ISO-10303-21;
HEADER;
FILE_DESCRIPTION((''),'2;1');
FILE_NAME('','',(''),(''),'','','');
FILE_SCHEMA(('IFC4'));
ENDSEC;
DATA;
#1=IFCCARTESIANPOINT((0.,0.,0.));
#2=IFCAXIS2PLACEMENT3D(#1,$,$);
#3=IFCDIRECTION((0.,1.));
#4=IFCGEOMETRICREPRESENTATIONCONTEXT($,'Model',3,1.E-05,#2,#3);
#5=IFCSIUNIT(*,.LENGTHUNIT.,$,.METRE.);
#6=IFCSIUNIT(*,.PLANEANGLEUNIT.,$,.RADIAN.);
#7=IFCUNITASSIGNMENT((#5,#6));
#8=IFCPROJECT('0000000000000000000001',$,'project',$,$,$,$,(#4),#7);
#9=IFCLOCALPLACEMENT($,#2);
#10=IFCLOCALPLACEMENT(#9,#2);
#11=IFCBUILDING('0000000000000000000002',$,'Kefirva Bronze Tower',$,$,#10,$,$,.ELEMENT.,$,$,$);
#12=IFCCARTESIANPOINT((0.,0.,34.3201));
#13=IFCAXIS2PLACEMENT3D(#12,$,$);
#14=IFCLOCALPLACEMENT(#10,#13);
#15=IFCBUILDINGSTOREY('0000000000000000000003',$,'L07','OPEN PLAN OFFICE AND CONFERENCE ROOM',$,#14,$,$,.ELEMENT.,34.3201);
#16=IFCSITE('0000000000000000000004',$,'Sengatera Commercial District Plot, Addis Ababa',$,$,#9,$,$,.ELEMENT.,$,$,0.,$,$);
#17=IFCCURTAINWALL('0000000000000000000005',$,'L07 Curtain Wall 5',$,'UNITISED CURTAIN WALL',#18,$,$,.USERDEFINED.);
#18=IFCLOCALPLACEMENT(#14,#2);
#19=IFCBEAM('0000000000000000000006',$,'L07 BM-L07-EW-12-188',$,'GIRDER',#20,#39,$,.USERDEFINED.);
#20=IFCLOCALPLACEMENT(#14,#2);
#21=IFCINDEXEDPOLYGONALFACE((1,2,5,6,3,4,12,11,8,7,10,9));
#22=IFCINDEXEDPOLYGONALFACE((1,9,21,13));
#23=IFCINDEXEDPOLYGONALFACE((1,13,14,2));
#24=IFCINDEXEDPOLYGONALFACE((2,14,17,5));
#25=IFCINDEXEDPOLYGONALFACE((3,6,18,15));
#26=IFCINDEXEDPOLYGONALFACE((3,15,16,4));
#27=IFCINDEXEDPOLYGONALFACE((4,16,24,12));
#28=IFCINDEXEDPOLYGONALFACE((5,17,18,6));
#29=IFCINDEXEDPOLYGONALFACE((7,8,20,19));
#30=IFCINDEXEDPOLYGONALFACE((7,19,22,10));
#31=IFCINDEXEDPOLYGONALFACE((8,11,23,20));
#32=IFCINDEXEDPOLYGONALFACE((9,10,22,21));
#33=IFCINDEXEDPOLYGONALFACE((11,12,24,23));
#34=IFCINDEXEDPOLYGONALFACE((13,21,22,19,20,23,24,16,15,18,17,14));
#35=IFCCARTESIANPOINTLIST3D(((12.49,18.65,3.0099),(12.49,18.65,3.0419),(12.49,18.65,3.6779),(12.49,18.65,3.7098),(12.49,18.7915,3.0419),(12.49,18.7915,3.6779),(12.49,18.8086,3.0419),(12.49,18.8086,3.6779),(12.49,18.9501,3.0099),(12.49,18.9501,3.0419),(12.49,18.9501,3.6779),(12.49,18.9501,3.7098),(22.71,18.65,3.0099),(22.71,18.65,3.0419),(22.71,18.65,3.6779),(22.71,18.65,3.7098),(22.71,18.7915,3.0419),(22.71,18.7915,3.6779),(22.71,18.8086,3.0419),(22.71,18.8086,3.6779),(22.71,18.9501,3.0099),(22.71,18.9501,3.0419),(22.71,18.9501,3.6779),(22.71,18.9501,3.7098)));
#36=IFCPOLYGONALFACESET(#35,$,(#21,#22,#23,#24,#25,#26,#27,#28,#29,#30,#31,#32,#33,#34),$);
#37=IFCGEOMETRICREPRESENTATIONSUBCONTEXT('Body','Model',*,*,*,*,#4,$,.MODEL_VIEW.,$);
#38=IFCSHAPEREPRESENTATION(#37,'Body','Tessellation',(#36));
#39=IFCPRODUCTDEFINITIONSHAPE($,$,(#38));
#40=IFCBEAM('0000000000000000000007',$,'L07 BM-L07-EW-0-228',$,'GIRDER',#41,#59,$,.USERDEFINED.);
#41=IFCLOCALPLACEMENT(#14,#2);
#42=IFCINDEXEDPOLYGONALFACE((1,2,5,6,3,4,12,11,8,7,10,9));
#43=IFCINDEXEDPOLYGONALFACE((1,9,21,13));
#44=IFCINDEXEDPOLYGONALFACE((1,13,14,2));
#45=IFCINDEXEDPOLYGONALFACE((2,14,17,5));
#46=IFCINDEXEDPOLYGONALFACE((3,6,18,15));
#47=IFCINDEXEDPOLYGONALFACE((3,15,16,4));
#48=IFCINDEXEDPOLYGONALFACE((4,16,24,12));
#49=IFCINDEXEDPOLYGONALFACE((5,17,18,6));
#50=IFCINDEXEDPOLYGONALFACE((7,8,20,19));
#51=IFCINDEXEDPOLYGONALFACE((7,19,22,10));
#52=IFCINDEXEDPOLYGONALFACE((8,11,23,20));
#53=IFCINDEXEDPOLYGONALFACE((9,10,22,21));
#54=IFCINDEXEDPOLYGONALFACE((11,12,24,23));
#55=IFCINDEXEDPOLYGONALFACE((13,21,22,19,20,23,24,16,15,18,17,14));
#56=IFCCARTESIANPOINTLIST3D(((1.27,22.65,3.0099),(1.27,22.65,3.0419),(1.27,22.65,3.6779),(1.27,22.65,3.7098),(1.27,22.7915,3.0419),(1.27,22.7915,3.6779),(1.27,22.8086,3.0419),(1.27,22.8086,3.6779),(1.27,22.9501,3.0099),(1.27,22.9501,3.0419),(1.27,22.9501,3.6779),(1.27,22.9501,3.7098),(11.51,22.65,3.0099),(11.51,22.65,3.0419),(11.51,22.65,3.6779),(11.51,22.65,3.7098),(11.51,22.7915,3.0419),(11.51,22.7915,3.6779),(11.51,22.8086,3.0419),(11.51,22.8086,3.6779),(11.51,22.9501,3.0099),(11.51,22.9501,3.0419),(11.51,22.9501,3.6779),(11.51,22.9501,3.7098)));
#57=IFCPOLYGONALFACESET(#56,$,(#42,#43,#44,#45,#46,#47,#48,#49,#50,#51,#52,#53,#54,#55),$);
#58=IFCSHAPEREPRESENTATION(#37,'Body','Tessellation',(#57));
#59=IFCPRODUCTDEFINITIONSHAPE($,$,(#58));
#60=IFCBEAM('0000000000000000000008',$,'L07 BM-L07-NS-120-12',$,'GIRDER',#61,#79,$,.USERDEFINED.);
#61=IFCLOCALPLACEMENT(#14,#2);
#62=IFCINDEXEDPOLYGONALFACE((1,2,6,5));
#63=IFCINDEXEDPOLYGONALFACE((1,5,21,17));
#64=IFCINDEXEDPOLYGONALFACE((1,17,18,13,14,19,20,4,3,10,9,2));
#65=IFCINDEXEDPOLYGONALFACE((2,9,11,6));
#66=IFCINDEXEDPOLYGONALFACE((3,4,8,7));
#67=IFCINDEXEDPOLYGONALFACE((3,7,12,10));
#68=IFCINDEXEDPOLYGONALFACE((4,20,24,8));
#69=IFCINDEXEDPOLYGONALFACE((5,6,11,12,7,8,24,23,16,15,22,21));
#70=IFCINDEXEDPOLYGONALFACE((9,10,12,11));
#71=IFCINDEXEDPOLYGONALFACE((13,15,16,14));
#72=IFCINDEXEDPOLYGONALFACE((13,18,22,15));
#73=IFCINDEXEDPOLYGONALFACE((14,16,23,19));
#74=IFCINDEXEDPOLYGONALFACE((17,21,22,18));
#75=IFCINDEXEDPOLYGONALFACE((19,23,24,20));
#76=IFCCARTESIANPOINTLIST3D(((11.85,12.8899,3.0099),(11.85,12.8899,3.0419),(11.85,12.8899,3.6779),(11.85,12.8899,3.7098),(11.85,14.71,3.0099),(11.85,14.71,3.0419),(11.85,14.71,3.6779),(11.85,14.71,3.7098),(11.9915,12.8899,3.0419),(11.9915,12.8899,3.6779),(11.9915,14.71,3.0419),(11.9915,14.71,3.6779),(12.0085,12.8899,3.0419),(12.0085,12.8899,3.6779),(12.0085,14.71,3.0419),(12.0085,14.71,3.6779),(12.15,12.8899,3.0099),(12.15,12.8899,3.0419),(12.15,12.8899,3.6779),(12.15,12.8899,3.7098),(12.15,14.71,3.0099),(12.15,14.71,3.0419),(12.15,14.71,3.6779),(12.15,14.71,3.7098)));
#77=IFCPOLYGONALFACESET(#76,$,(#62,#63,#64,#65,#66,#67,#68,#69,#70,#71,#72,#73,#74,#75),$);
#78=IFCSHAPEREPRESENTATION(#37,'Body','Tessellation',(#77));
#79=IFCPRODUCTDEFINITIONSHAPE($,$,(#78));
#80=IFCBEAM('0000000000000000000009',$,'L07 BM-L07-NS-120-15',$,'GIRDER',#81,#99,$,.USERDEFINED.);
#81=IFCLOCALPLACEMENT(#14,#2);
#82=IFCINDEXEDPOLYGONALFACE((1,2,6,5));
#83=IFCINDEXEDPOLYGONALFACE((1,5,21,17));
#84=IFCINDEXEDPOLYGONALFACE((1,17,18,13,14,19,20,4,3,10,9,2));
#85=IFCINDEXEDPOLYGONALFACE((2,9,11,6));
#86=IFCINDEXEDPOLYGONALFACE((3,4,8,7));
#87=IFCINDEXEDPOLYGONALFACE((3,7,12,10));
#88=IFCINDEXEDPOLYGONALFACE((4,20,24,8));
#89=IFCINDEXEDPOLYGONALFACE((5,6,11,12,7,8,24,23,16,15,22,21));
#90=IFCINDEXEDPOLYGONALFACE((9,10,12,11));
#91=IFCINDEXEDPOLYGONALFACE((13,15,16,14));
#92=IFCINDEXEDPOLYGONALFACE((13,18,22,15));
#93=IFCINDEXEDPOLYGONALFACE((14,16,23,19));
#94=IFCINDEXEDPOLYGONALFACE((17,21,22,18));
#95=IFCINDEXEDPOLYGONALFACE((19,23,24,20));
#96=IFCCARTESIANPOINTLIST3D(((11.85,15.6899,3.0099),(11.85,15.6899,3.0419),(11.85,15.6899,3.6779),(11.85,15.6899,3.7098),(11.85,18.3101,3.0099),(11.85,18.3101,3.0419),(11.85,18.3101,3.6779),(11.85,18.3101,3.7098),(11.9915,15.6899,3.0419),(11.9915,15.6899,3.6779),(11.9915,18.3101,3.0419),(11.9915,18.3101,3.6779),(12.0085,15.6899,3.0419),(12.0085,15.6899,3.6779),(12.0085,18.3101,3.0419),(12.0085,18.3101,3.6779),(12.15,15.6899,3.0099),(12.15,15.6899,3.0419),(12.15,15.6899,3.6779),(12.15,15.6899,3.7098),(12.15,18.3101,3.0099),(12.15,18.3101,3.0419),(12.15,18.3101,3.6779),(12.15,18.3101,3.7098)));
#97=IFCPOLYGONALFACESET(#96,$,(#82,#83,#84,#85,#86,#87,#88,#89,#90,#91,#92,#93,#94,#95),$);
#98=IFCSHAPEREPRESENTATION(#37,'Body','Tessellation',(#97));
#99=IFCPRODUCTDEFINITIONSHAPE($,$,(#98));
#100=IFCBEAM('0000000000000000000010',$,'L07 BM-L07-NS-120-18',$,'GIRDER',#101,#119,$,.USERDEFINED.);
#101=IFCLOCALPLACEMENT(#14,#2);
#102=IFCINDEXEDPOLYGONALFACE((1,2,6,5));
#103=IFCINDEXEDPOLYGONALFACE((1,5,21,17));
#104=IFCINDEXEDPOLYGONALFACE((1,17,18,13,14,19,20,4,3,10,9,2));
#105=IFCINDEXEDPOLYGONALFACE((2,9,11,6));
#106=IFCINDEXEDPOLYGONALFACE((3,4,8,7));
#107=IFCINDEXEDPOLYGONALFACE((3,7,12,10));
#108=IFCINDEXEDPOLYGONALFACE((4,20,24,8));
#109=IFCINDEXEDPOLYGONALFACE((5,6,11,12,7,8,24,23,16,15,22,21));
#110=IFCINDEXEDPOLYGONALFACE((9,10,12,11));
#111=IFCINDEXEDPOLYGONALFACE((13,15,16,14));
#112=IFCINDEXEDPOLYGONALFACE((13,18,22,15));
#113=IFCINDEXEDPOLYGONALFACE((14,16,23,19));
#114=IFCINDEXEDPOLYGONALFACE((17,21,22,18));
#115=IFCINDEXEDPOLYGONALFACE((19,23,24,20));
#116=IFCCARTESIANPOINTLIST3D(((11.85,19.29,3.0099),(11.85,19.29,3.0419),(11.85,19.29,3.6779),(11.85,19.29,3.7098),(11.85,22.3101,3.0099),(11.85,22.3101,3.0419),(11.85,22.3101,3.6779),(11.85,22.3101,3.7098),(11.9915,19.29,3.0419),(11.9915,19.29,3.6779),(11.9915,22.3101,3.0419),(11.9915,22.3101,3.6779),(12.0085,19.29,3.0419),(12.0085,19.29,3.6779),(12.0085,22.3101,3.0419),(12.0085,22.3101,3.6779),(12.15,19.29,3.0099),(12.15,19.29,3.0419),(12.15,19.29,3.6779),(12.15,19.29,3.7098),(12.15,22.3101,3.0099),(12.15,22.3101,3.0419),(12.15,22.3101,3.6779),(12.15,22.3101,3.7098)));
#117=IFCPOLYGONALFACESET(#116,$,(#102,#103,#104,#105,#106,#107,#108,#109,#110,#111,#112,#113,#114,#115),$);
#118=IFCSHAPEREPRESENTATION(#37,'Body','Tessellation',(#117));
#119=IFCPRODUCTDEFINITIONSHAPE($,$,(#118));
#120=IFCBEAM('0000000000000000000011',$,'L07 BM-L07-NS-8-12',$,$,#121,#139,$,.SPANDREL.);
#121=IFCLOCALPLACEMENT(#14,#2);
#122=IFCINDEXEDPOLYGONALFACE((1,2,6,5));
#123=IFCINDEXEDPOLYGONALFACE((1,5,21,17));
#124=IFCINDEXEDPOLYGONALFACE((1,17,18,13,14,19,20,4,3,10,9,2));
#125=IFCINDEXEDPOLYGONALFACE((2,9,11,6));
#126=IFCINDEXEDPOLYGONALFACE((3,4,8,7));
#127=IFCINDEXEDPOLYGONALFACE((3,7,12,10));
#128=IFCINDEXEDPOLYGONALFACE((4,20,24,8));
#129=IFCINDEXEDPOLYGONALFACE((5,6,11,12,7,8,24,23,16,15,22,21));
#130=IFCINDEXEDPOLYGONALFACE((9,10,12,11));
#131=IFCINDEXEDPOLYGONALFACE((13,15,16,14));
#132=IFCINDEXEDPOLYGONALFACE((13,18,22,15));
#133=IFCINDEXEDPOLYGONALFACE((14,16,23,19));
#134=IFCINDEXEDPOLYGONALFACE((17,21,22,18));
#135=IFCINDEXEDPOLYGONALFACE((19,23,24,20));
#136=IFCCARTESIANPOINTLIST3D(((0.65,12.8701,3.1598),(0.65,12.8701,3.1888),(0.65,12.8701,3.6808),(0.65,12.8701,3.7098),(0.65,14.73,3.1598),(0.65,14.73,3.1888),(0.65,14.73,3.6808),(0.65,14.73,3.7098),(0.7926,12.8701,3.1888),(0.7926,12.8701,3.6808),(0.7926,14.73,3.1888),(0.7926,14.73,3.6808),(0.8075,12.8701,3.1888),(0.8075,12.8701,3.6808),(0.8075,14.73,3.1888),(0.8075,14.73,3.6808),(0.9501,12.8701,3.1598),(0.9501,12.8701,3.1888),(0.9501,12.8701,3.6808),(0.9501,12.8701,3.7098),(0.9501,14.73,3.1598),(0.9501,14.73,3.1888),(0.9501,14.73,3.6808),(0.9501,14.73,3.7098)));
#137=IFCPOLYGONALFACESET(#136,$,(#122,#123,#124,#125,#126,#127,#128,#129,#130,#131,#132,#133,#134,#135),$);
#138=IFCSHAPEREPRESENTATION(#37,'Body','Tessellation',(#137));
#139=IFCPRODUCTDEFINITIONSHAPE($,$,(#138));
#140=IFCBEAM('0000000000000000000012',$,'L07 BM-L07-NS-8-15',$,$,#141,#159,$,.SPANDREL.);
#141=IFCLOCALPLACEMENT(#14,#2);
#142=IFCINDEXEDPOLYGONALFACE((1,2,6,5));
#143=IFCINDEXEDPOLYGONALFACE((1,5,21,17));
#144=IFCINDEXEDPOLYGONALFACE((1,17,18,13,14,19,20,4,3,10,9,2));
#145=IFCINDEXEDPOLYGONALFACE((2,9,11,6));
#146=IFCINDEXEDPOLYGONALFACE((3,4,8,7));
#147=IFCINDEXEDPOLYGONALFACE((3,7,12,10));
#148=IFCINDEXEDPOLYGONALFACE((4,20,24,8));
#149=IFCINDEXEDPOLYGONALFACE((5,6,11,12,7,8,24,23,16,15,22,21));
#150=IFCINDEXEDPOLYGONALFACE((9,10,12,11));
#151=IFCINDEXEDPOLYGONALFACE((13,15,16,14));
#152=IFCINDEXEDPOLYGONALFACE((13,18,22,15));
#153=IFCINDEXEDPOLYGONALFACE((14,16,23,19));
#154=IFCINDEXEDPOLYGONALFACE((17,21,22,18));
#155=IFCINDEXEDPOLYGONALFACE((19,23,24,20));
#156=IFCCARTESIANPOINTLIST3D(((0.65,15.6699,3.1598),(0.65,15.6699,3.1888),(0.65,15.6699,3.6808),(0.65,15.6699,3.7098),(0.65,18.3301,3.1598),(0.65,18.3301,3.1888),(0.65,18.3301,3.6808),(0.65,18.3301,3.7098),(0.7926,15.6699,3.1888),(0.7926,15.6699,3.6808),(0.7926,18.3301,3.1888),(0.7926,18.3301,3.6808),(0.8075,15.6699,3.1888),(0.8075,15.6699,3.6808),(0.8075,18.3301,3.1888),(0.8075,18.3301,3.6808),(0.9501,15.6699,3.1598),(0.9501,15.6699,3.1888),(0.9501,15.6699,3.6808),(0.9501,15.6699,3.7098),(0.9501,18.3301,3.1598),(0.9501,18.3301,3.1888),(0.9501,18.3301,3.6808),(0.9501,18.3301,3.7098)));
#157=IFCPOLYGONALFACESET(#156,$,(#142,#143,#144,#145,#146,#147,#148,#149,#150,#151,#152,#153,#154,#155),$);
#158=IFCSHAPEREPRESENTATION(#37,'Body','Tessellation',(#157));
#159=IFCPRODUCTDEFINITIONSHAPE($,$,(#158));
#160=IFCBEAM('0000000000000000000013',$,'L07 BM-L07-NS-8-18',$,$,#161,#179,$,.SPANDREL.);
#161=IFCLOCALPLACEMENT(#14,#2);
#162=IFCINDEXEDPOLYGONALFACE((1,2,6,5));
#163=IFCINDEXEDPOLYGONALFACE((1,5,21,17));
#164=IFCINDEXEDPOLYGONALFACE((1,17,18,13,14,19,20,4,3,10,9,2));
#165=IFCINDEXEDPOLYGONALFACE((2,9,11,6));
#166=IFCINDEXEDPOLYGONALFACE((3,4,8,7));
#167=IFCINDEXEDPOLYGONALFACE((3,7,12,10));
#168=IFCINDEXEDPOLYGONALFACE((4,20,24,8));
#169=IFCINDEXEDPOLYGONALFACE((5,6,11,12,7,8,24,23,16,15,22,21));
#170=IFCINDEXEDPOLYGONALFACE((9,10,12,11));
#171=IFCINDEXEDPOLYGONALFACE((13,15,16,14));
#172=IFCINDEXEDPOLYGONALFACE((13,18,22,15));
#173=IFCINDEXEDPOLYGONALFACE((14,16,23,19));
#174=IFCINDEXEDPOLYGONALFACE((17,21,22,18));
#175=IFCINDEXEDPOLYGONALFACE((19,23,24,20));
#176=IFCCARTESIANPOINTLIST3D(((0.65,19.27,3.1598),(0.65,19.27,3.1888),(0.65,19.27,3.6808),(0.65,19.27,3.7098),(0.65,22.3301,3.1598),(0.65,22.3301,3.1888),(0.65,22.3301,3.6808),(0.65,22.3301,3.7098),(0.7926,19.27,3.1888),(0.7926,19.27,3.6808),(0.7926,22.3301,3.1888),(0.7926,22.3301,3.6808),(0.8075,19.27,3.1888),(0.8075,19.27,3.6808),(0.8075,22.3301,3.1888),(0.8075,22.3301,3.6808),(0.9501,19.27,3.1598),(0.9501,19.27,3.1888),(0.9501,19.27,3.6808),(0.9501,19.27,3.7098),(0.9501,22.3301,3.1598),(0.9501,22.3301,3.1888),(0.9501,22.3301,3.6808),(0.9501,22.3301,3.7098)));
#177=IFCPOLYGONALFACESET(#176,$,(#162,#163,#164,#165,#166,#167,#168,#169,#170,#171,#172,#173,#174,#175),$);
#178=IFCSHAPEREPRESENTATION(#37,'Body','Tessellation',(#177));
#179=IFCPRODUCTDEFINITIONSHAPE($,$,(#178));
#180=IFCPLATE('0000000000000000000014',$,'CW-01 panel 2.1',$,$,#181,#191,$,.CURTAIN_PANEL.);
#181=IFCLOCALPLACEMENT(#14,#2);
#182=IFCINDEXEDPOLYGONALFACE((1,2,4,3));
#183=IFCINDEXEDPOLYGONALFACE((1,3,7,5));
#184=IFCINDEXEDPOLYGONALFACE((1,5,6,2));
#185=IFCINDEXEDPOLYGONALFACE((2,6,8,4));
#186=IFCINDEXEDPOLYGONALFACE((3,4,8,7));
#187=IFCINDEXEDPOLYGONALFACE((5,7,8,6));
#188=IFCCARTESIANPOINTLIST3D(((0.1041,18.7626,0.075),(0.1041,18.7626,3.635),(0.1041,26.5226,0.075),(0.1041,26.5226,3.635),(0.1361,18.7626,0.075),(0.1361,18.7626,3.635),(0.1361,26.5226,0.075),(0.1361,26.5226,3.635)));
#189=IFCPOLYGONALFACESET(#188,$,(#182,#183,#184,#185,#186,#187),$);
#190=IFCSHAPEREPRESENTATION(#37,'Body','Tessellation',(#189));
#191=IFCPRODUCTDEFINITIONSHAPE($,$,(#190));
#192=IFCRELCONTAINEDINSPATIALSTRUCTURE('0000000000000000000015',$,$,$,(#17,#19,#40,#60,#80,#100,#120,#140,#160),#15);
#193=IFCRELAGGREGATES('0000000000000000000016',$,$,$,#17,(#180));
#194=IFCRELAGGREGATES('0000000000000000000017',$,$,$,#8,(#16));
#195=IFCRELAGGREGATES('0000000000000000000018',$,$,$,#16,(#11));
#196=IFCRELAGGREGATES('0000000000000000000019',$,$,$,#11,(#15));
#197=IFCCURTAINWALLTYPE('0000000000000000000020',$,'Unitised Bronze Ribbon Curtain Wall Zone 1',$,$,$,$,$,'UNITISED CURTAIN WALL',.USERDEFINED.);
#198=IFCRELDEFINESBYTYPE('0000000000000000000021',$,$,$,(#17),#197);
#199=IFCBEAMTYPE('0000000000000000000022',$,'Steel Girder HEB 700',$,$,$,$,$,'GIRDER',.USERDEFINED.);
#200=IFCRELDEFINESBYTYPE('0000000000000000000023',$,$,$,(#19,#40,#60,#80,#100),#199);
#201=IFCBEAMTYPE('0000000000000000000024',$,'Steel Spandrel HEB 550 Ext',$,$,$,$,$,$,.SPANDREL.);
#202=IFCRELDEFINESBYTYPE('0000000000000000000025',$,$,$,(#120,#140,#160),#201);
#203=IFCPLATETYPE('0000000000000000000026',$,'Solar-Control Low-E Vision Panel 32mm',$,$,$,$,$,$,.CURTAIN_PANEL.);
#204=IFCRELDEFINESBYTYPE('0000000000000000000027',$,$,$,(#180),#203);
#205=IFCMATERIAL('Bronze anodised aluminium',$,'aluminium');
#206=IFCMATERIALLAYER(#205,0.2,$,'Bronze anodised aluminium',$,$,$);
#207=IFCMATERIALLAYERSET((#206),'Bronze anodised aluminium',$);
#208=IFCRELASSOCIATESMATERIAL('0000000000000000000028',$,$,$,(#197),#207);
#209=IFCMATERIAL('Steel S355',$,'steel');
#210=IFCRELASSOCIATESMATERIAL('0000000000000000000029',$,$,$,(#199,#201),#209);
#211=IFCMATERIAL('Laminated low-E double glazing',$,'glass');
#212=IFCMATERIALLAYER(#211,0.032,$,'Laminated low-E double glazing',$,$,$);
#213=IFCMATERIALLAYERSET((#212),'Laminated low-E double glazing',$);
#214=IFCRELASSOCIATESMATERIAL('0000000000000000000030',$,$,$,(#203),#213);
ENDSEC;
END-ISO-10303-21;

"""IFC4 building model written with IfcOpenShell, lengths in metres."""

from ifc_helpers import new_model, si_unit, direction, frame, origin, origin_2d, place, context, subcontext, project, spatial, rectangle, i_section, extrude, material, layer, layer_set, material_profile, profile_set, type_object, element, aggregate, save


model = new_model("IFC4")

# Units and contexts
model_context = context("Model", 3, precision=1e-05, world=origin(), true_north=direction((0.0, 1.0)))
body_context = subcontext(model_context, "Body", "Model", "MODEL_VIEW")
ifc_project = project(units=[si_unit("LENGTHUNIT", "METRE"), si_unit("PLANEANGLEUNIT", "RADIAN")], contexts=[model_context])

# Site, building, storey
site_placement = place(None, origin())
site = spatial("IfcSite", under=ifc_project, at=site_placement, Name="Sengatera Commercial District Plot, Addis Ababa", CompositionType="ELEMENT", RefElevation=0.0)
building_placement = place(site_placement, origin())
building = spatial("IfcBuilding", under=site, at=building_placement, Name="Kefirva Bronze Tower", CompositionType="ELEMENT")
storey_placement = place(building_placement, frame((0.0, 0.0, 34.3201)))
storey = spatial("IfcBuildingStorey", under=building, at=storey_placement, Name="L07", Description="OPEN PLAN OFFICE AND CONFERENCE ROOM", CompositionType="ELEMENT", Elevation=34.3201)

# Curtain wall
ifc_material_1 = material(Name="Bronze anodised aluminium", Category="aluminium")
ifc_layer_1 = layer(ifc_material_1, 0.2, Name="Bronze anodised aluminium")
ifc_layer_set_1 = layer_set([ifc_layer_1], Name="Bronze anodised aluminium")
curtain_wall_type = type_object("IfcCurtainWallType", Name="Unitised Bronze Ribbon Curtain Wall Zone 1", ElementType="UNITISED CURTAIN WALL", PredefinedType="USERDEFINED", material=ifc_layer_set_1)
curtain_wall_placement = place(storey_placement, origin())
curtain_wall = element("IfcCurtainWall", 1, at=curtain_wall_placement, inside=storey, type_object=curtain_wall_type, Name="L07 Curtain Wall 5", ObjectType="UNITISED CURTAIN WALL", PredefinedType="USERDEFINED")

# Beams
ifc_material_2 = material(Name="Steel S355", Category="steel")
ifc_material_profile_1 = material_profile(ifc_material_2, i_section(OverallWidth=0.3, OverallDepth=0.7, WebThickness=0.0171, FlangeThickness=0.032, at=origin_2d()), Name="HEB 700")
ifc_profile_set_1 = profile_set([ifc_material_profile_1], Name="Steel S355")
beam_type_1 = type_object("IfcBeamType", Name="Steel Girder HEB 700", ElementType="GIRDER", PredefinedType="USERDEFINED", material=ifc_profile_set_1)
beam_1_placement = place(storey_placement, frame((12.49, 18.8, 3.3599), z_axis=(1.0, 0.0, 0.0), x_axis=(0.0, 1.0, 0.0)))
element("IfcBeam", 2, at=beam_1_placement, inside=storey, type_object=beam_type_1, Name="L07 BM-L07-EW-12-188", ObjectType="GIRDER", PredefinedType="USERDEFINED", context=body_context, shape_type="SweptSolid", body=[
    extrude(i_section(OverallWidth=0.3, OverallDepth=0.7, WebThickness=0.0171, FlangeThickness=0.032, at=origin_2d()), origin(), (0.0, 0.0, 1.0), 10.22),
])
beam_2_placement = place(storey_placement, frame((1.27, 22.8, 3.3599), z_axis=(1.0, 0.0, 0.0), x_axis=(0.0, 1.0, 0.0)))
element("IfcBeam", 3, at=beam_2_placement, inside=storey, type_object=beam_type_1, Name="L07 BM-L07-EW-0-228", ObjectType="GIRDER", PredefinedType="USERDEFINED", context=body_context, shape_type="SweptSolid", body=[
    extrude(i_section(OverallWidth=0.3, OverallDepth=0.7, WebThickness=0.0171, FlangeThickness=0.032, at=origin_2d()), origin(), (0.0, 0.0, 1.0), 10.24),
])
beam_3_placement = place(storey_placement, frame((12.0, 12.8899, 3.3599), z_axis=(0.0, 1.0, 0.0), x_axis=(-1.0, 0.0, 0.0)))
element("IfcBeam", 4, at=beam_3_placement, inside=storey, type_object=beam_type_1, Name="L07 BM-L07-NS-120-12", ObjectType="GIRDER", PredefinedType="USERDEFINED", context=body_context, shape_type="SweptSolid", body=[
    extrude(i_section(OverallWidth=0.3, OverallDepth=0.7, WebThickness=0.0171, FlangeThickness=0.032, at=origin_2d()), origin(), (0.0, 0.0, 1.0), 1.8201),
])
beam_4_placement = place(storey_placement, frame((12.0, 15.6899, 3.3599), z_axis=(0.0, 1.0, 0.0), x_axis=(-1.0, 0.0, 0.0)))
element("IfcBeam", 5, at=beam_4_placement, inside=storey, type_object=beam_type_1, Name="L07 BM-L07-NS-120-15", ObjectType="GIRDER", PredefinedType="USERDEFINED", context=body_context, shape_type="SweptSolid", body=[
    extrude(i_section(OverallWidth=0.3, OverallDepth=0.7, WebThickness=0.0171, FlangeThickness=0.032, at=origin_2d()), origin(), (0.0, 0.0, 1.0), 2.6201),
])
beam_5_placement = place(storey_placement, frame((12.0, 19.29, 3.3599), z_axis=(0.0, 1.0, 0.0), x_axis=(-1.0, 0.0, 0.0)))
element("IfcBeam", 6, at=beam_5_placement, inside=storey, type_object=beam_type_1, Name="L07 BM-L07-NS-120-18", ObjectType="GIRDER", PredefinedType="USERDEFINED", context=body_context, shape_type="SweptSolid", body=[
    extrude(i_section(OverallWidth=0.3, OverallDepth=0.7, WebThickness=0.0171, FlangeThickness=0.032, at=origin_2d()), origin(), (0.0, 0.0, 1.0), 3.02),
])
ifc_material_profile_2 = material_profile(ifc_material_2, i_section(OverallWidth=0.3, OverallDepth=0.55, WebThickness=0.0149, FlangeThickness=0.0291, at=origin_2d()), Name="HEB 550")
ifc_profile_set_2 = profile_set([ifc_material_profile_2], Name="Steel S355")
beam_type_2 = type_object("IfcBeamType", Name="Steel Spandrel HEB 550 Ext", PredefinedType="SPANDREL", material=ifc_profile_set_2)
beam_6_placement = place(storey_placement, frame((0.8, 12.8701, 3.4348), z_axis=(0.0, 1.0, 0.0), x_axis=(-1.0, 0.0, 0.0)))
element("IfcBeam", 7, at=beam_6_placement, inside=storey, type_object=beam_type_2, Name="L07 BM-L07-NS-8-12", PredefinedType="SPANDREL", context=body_context, shape_type="SweptSolid", body=[
    extrude(i_section(OverallWidth=0.3, OverallDepth=0.55, WebThickness=0.0149, FlangeThickness=0.0291, at=origin_2d()), origin(), (0.0, 0.0, 1.0), 1.8599),
])
beam_7_placement = place(storey_placement, frame((0.8, 15.6699, 3.4348), z_axis=(0.0, 1.0, 0.0), x_axis=(-1.0, 0.0, 0.0)))
element("IfcBeam", 8, at=beam_7_placement, inside=storey, type_object=beam_type_2, Name="L07 BM-L07-NS-8-15", PredefinedType="SPANDREL", context=body_context, shape_type="SweptSolid", body=[
    extrude(i_section(OverallWidth=0.3, OverallDepth=0.55, WebThickness=0.0149, FlangeThickness=0.0291, at=origin_2d()), origin(), (0.0, 0.0, 1.0), 2.6602),
])
beam_8_placement = place(storey_placement, frame((0.8, 19.27, 3.4348), z_axis=(0.0, 1.0, 0.0), x_axis=(-1.0, 0.0, 0.0)))
element("IfcBeam", 9, at=beam_8_placement, inside=storey, type_object=beam_type_2, Name="L07 BM-L07-NS-8-18", PredefinedType="SPANDREL", context=body_context, shape_type="SweptSolid", body=[
    extrude(i_section(OverallWidth=0.3, OverallDepth=0.55, WebThickness=0.0149, FlangeThickness=0.0291, at=origin_2d()), origin(), (0.0, 0.0, 1.0), 3.0601),
])

# Plate
ifc_material_3 = material(Name="Laminated low-E double glazing", Category="glass")
ifc_layer_2 = layer(ifc_material_3, 0.032, Name="Laminated low-E double glazing")
ifc_layer_set_2 = layer_set([ifc_layer_2], Name="Laminated low-E double glazing")
plate_type = type_object("IfcPlateType", Name="Solar-Control Low-E Vision Panel 32mm", PredefinedType="CURTAIN_PANEL", material=ifc_layer_set_2)
plate_1_placement = place(storey_placement, frame((0.1201, 22.6426, 0.075), z_axis=(0.0, 0.0, 1.0), x_axis=(0.0, -1.0, 0.0)))
plate_1 = element("IfcPlate", 10, at=plate_1_placement, type_object=plate_type, Name="CW-01 panel 2.1", PredefinedType="CURTAIN_PANEL", context=body_context, shape_type="SweptSolid", body=[
    extrude(rectangle(XDim=7.76, YDim=0.032, at=origin_2d()), origin(), (0.0, 0.0, 1.0), 3.5601),
])
aggregate(curtain_wall, [plate_1])

save(model, "model.ifc")
